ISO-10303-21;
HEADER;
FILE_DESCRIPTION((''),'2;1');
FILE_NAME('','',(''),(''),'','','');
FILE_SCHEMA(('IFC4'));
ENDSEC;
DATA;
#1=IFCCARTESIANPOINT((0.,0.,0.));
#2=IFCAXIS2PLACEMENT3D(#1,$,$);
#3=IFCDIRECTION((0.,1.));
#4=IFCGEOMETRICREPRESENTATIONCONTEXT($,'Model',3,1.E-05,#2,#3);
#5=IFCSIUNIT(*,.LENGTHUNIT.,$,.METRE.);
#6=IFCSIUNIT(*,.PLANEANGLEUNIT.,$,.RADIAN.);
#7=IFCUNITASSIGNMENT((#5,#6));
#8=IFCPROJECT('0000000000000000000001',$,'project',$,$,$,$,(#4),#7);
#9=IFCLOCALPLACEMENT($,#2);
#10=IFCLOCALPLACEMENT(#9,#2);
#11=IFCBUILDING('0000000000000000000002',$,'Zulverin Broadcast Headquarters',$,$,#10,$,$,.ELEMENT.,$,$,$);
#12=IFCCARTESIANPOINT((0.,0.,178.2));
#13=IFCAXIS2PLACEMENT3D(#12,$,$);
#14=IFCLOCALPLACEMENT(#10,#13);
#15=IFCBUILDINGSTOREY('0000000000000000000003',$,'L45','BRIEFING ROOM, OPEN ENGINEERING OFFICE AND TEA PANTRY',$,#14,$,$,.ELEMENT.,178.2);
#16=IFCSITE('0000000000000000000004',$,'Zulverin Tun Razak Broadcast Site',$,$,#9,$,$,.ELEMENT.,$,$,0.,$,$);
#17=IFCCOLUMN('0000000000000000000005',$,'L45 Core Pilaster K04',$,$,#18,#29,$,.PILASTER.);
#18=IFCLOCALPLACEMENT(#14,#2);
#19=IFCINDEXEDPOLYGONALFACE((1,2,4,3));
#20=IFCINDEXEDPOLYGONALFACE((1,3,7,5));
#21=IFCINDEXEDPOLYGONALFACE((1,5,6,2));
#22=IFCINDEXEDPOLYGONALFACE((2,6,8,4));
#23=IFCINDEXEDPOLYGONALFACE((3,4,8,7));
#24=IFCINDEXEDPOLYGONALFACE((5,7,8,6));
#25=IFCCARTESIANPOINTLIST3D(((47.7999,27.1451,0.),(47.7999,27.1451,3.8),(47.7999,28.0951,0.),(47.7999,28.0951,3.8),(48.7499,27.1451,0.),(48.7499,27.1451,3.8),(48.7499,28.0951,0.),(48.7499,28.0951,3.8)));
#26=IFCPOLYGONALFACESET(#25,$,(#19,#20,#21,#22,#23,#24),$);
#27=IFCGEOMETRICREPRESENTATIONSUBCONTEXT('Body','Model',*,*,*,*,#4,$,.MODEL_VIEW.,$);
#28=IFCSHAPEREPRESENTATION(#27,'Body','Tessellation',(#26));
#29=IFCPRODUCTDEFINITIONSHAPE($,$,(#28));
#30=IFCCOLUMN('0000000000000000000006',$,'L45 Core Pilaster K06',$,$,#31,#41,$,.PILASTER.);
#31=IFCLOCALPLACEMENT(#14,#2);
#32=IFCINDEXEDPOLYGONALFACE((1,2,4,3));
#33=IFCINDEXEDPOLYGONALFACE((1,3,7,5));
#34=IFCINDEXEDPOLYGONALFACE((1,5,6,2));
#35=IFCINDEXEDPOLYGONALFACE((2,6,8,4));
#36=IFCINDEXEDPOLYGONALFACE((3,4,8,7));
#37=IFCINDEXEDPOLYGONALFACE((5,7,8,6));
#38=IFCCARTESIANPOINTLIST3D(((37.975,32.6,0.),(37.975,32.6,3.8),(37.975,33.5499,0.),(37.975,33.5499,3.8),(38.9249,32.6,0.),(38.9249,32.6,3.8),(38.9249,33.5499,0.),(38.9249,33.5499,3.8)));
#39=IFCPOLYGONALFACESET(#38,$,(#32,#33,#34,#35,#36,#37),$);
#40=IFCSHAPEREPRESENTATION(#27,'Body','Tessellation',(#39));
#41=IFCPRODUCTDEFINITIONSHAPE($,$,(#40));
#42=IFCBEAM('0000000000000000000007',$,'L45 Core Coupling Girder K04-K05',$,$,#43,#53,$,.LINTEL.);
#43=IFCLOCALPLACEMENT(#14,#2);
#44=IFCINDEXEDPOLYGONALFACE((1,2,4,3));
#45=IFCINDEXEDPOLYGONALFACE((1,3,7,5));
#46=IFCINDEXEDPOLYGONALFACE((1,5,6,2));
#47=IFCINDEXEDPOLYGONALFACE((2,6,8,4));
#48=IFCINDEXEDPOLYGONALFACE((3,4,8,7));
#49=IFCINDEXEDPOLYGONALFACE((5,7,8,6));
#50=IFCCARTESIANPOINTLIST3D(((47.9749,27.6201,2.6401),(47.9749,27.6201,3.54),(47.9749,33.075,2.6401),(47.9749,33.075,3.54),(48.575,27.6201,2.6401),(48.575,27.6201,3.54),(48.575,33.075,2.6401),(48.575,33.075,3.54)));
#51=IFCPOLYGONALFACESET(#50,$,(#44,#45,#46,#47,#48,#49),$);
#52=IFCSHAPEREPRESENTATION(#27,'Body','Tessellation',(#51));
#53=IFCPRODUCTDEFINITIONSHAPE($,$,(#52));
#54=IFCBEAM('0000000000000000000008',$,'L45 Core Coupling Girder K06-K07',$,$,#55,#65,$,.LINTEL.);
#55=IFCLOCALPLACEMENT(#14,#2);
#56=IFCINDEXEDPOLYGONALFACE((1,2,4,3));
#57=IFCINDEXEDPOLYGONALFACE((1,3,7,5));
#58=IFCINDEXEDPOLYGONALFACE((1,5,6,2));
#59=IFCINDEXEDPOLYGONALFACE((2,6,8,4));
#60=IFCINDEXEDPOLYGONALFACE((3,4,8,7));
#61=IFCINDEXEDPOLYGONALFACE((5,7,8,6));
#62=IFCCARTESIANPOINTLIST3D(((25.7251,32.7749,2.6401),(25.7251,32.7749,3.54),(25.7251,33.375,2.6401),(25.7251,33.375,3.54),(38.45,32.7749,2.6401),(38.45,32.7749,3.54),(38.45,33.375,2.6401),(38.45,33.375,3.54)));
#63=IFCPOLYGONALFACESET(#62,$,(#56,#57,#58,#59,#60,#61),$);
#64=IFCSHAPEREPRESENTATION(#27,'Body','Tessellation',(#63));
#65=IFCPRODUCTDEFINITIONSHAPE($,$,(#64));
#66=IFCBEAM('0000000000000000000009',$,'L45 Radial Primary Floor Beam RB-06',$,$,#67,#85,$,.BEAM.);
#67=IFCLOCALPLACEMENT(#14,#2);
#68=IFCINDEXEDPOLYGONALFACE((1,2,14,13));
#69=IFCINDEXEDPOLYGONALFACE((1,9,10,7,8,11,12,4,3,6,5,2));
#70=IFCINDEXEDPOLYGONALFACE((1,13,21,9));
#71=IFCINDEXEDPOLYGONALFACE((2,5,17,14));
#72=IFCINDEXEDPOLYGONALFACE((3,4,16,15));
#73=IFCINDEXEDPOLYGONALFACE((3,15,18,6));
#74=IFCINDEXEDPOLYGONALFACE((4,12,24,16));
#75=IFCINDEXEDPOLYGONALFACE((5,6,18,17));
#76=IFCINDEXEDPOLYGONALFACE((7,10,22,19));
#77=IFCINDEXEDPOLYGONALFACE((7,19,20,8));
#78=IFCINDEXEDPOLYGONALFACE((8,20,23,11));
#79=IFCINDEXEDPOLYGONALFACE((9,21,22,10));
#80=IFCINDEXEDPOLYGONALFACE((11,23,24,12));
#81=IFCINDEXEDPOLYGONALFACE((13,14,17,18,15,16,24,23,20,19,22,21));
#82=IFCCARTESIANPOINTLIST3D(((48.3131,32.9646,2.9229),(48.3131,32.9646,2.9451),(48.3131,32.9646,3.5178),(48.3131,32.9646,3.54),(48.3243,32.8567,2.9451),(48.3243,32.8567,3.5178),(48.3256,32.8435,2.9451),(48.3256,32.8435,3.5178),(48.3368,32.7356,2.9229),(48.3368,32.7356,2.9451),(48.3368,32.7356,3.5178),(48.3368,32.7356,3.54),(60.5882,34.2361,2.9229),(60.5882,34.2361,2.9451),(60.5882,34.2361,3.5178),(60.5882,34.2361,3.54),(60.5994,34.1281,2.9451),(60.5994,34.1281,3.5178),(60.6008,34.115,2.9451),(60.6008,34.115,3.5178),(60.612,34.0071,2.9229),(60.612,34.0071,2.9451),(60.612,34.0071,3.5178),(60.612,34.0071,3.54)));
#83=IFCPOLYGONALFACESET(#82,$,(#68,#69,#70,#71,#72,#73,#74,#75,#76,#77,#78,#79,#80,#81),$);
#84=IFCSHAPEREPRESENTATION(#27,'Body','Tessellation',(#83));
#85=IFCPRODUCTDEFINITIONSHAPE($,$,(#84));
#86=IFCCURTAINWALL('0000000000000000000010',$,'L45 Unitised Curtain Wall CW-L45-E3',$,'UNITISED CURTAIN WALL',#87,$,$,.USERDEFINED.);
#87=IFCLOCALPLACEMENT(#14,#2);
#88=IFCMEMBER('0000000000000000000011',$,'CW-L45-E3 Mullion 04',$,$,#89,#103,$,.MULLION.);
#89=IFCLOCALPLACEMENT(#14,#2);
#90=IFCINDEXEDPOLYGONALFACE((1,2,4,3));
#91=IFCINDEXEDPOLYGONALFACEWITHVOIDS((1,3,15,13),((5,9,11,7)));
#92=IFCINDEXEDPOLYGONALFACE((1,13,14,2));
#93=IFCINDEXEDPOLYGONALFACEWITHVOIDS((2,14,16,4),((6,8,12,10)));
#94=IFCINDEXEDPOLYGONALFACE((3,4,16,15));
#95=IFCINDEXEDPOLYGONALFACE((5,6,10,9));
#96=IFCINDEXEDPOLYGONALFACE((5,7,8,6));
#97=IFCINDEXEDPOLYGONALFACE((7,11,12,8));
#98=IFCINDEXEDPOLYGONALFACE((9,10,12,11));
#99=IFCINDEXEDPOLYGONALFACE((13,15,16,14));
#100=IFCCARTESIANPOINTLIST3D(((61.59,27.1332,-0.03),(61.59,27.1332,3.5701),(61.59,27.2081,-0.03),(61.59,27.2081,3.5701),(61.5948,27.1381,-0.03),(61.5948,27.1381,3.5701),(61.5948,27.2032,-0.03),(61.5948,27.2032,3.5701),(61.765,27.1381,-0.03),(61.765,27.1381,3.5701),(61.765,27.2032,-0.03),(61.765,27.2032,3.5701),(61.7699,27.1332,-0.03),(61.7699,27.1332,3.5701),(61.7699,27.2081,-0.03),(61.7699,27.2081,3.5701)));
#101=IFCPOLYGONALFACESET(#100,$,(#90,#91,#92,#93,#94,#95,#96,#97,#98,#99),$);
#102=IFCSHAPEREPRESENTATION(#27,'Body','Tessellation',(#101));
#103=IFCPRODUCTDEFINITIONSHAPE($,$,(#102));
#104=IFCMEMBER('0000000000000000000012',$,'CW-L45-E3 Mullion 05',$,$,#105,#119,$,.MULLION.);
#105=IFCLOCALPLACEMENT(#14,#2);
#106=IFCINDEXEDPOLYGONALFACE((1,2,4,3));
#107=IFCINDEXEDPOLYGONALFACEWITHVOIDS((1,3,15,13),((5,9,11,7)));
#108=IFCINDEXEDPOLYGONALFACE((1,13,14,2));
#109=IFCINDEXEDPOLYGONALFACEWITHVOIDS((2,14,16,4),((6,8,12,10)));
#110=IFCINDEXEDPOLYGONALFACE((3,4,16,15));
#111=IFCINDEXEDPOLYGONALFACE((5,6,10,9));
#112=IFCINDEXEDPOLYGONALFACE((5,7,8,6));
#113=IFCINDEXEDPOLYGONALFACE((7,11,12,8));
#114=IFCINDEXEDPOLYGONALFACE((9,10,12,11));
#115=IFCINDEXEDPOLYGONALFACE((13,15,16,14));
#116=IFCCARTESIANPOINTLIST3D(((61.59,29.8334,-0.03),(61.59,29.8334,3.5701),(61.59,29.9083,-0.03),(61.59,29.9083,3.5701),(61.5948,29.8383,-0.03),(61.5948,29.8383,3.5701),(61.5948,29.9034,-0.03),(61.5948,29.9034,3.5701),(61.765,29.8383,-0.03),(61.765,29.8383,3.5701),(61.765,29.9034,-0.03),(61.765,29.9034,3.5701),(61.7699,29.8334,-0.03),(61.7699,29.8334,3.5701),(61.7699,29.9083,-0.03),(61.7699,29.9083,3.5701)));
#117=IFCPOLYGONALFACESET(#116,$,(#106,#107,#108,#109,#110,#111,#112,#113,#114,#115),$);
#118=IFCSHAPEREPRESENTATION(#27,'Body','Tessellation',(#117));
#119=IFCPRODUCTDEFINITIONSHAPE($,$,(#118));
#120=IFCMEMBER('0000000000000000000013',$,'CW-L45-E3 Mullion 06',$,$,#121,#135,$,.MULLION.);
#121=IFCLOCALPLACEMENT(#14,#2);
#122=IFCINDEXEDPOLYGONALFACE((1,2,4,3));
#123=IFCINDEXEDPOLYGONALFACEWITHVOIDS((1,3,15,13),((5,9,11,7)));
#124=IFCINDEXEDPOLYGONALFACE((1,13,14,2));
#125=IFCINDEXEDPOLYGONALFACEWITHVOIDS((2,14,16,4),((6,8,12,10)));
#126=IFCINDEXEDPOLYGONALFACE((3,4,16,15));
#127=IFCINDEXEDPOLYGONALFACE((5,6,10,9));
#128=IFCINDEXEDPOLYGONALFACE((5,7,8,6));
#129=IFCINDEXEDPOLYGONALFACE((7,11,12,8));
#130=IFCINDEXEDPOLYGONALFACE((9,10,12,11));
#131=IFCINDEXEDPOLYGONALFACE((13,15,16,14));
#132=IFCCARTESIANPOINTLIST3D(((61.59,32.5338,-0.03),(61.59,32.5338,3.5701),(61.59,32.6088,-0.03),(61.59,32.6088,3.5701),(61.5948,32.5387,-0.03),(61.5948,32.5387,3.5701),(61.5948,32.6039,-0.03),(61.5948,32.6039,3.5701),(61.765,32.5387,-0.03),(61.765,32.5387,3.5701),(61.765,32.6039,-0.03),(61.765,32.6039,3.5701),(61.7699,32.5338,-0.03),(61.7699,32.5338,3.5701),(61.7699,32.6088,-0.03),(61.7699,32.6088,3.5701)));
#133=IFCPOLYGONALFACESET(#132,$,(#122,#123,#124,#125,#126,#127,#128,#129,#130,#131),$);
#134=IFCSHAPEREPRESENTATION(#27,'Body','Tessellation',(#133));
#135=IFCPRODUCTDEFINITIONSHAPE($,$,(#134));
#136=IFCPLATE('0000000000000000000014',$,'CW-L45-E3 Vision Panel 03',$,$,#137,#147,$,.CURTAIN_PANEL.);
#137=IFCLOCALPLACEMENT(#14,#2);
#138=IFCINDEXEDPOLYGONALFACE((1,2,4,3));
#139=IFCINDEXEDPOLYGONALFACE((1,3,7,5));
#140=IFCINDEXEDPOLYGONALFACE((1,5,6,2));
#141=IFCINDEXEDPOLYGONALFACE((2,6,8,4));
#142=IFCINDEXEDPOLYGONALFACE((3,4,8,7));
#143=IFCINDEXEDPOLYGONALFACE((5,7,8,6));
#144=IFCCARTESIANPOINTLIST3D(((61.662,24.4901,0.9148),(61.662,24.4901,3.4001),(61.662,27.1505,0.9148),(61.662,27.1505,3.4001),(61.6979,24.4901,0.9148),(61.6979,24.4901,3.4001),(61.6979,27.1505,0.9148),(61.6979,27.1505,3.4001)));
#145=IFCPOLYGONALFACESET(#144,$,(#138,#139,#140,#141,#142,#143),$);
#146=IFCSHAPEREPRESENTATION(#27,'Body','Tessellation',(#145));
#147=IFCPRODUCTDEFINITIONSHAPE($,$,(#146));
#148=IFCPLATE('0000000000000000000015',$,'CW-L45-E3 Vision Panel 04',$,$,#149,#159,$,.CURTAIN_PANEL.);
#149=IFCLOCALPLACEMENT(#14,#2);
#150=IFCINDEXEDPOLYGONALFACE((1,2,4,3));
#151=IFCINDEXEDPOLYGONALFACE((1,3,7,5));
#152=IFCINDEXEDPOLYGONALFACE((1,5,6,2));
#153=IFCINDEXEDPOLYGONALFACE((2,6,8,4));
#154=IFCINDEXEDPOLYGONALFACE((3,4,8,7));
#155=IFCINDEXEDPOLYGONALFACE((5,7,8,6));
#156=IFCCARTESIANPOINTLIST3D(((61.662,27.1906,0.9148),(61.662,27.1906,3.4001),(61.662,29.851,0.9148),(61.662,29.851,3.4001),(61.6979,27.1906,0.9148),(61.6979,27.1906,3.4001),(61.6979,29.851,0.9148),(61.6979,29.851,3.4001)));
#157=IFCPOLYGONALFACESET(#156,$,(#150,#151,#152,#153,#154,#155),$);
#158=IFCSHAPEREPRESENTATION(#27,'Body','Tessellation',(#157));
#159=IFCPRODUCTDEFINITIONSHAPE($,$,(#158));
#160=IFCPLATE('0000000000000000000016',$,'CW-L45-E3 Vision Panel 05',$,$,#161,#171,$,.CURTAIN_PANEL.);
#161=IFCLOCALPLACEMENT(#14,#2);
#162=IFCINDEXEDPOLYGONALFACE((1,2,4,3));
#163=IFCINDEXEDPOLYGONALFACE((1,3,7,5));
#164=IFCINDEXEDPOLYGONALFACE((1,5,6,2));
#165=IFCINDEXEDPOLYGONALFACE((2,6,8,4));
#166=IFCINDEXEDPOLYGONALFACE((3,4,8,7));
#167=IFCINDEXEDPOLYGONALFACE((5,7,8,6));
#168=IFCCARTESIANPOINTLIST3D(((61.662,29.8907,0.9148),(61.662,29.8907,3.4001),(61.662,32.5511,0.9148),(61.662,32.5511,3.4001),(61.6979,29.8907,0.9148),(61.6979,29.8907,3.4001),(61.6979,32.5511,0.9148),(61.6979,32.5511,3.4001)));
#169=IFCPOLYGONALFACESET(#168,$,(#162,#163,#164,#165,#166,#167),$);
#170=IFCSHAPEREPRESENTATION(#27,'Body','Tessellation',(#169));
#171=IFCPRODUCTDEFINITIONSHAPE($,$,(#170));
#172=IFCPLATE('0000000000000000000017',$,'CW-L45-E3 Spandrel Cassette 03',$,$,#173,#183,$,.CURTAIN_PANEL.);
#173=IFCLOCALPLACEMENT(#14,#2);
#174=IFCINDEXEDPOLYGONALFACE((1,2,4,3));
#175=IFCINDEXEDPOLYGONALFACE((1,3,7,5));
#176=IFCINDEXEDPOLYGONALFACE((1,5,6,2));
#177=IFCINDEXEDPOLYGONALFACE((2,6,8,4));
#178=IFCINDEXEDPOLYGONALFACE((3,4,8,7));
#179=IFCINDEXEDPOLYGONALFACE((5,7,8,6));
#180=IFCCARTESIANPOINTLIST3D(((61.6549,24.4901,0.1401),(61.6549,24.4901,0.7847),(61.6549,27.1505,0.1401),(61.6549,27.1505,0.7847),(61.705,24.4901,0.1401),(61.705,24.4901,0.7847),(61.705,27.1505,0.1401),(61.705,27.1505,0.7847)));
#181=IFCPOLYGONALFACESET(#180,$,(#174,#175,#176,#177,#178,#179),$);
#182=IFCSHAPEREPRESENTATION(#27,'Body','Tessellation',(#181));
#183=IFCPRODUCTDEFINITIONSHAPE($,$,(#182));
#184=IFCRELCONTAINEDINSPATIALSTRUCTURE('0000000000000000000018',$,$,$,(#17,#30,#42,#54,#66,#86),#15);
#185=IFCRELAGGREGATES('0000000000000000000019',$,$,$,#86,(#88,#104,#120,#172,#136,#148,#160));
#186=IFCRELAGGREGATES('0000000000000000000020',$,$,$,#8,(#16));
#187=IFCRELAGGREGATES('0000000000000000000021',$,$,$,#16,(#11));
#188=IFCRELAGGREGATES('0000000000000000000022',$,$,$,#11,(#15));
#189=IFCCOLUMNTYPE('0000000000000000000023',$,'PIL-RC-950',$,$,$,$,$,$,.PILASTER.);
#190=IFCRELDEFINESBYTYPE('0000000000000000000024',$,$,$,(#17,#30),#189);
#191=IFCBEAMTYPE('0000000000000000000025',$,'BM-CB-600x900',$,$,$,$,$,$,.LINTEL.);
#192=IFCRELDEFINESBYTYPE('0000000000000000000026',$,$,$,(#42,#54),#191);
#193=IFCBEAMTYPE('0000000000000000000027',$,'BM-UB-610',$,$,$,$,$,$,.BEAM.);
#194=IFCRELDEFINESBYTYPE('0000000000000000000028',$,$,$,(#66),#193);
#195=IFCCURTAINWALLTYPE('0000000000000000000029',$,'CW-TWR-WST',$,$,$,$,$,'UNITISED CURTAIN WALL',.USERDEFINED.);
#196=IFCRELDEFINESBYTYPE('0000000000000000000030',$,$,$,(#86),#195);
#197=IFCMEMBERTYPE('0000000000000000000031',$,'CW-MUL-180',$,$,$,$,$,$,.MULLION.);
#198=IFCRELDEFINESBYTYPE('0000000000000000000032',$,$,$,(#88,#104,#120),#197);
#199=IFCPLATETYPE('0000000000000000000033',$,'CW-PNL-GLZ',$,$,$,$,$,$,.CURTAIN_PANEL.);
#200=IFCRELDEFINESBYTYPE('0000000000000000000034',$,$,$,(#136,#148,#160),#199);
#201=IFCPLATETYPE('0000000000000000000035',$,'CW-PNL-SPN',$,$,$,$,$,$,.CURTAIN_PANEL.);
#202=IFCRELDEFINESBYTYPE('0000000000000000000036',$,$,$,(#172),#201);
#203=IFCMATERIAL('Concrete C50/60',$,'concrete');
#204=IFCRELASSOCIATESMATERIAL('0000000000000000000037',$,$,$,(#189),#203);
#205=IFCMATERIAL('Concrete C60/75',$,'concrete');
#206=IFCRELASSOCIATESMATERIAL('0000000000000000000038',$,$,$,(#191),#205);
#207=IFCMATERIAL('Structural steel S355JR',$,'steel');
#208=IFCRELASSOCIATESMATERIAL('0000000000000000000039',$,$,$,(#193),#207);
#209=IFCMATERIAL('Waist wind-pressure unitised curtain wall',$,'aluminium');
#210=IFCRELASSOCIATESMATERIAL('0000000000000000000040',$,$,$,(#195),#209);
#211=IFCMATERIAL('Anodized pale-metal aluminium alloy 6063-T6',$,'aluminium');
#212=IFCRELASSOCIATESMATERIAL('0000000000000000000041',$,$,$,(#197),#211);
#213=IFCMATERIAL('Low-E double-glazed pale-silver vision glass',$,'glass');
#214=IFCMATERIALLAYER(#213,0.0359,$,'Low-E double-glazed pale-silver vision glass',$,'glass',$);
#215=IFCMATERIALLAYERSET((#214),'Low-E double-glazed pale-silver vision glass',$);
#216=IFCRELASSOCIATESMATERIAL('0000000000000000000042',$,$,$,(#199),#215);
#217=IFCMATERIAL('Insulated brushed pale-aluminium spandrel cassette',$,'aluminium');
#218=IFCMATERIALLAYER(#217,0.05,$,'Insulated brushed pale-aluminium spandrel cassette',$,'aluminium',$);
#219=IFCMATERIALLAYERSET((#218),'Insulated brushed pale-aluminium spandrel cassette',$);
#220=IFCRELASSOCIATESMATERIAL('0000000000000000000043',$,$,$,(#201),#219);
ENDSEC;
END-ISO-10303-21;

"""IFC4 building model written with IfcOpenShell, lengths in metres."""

from ifc_helpers import new_model, si_unit, direction, frame, origin, origin_2d, place, context, subcontext, project, spatial, rectangle, hollow_rectangle, i_section, extrude, material, layer, layer_set, material_profile, profile_set, type_object, element, aggregate, save


model = new_model("IFC4")

# Units and contexts
model_context = context("Model", 3, precision=1e-05, world=origin(), true_north=direction((0.0, 1.0)))
body_context = subcontext(model_context, "Body", "Model", "MODEL_VIEW")
ifc_project = project(units=[si_unit("LENGTHUNIT", "METRE"), si_unit("PLANEANGLEUNIT", "RADIAN")], contexts=[model_context])

# Site, building, storey
site_placement = place(None, origin())
site = spatial("IfcSite", under=ifc_project, at=site_placement, Name="Zulverin Tun Razak Broadcast Site", CompositionType="ELEMENT", RefElevation=0.0)
building_placement = place(site_placement, origin())
building = spatial("IfcBuilding", under=site, at=building_placement, Name="Zulverin Broadcast Headquarters", CompositionType="ELEMENT")
storey_placement = place(building_placement, frame((0.0, 0.0, 178.2)))
storey = spatial("IfcBuildingStorey", under=building, at=storey_placement, Name="L45", Description="BRIEFING ROOM, OPEN ENGINEERING OFFICE AND TEA PANTRY", CompositionType="ELEMENT", Elevation=178.2)

# Columns
ifc_material_1 = material(Name="Concrete C50/60", Category="concrete")
ifc_material_profile_1 = material_profile(ifc_material_1, rectangle(XDim=0.95, YDim=0.95, at=origin_2d()), Name="Concrete C50/60", Category="concrete")
ifc_profile_set_1 = profile_set([ifc_material_profile_1], Name="Concrete C50/60")
column_type = type_object("IfcColumnType", Name="PIL-RC-950", PredefinedType="PILASTER", material=ifc_profile_set_1)
for number, where, z_axis, x_axis, name in (
    (1, (48.2749, 27.6201, 0.0), (0.0, 0.0, 1.0), (1.0, 0.0, 0.0), "L45 Core Pilaster K04"),
    (2, (38.45, 33.075, 0.0), (0.0, 0.0, 1.0), (1.0, 0.0, 0.0), "L45 Core Pilaster K06"),
):
    element("IfcColumn", number, at=place(storey_placement, frame(where, z_axis=z_axis, x_axis=x_axis)), inside=storey, type_object=column_type, Name=name, PredefinedType="PILASTER", context=body_context, shape_type="SweptSolid", body=[
        extrude(rectangle(XDim=0.95, YDim=0.95, at=origin_2d()), origin(), (0.0, 0.0, 1.0), 3.8),
    ])

# Beams
ifc_material_2 = material(Name="Concrete C60/75", Category="concrete")
ifc_material_profile_2 = material_profile(ifc_material_2, rectangle(XDim=0.6001, YDim=0.8999, at=origin_2d()), Name="Concrete C60/75", Category="concrete")
ifc_profile_set_2 = profile_set([ifc_material_profile_2], Name="Concrete C60/75")
beam_type_1 = type_object("IfcBeamType", Name="BM-CB-600x900", PredefinedType="LINTEL", material=ifc_profile_set_2)
beam_1_placement = place(storey_placement, frame((48.2749, 27.6201, 3.0901), z_axis=(0.0, 1.0, 0.0), x_axis=(-1.0, 0.0, 0.0)))
element("IfcBeam", 3, at=beam_1_placement, inside=storey, type_object=beam_type_1, Name="L45 Core Coupling Girder K04-K05", PredefinedType="LINTEL", context=body_context, shape_type="SweptSolid", body=[
    extrude(rectangle(XDim=0.6001, YDim=0.8999, at=origin_2d()), origin(), (0.0, 0.0, 1.0), 5.4548),
])
beam_2_placement = place(storey_placement, frame((38.45, 33.075, 3.0901), z_axis=(-1.0, 0.0, 0.0), x_axis=(0.0, -1.0, 0.0)))
element("IfcBeam", 4, at=beam_2_placement, inside=storey, type_object=beam_type_1, Name="L45 Core Coupling Girder K06-K07", PredefinedType="LINTEL", context=body_context, shape_type="SweptSolid", body=[
    extrude(rectangle(XDim=0.6001, YDim=0.8999, at=origin_2d()), origin(), (0.0, 0.0, 1.0), 12.7249),
])
ifc_material_3 = material(Name="Structural steel S355JR", Category="steel")
ifc_material_profile_3 = material_profile(ifc_material_3, i_section(OverallWidth=0.2302, OverallDepth=0.6172, WebThickness=0.0132, FlangeThickness=0.0222, at=origin_2d()), Name="Structural steel S355JR", Category="steel")
ifc_profile_set_3 = profile_set([ifc_material_profile_3], Name="Structural steel S355JR")
beam_type_2 = type_object("IfcBeamType", Name="BM-UB-610", PredefinedType="BEAM", material=ifc_profile_set_3)
beam_3_placement = place(storey_placement, frame((48.325, 32.8501, 3.2314), z_axis=(0.994678, 0.103031, 0.0), x_axis=(-0.103031, 0.994678, 0.0)))
element("IfcBeam", 5, at=beam_3_placement, inside=storey, type_object=beam_type_2, Name="L45 Radial Primary Floor Beam RB-06", PredefinedType="BEAM", context=body_context, shape_type="SweptSolid", body=[
    extrude(i_section(OverallWidth=0.2302, OverallDepth=0.6172, WebThickness=0.0132, FlangeThickness=0.0222, at=origin_2d()), origin(), (0.0, 0.0, 1.0), 12.3408),
])

# Curtain wall, members, plates
ifc_material_4 = material(Name="Waist wind-pressure unitised curtain wall", Category="aluminium")
curtain_wall_type = type_object("IfcCurtainWallType", Name="CW-TWR-WST", ElementType="UNITISED CURTAIN WALL", PredefinedType="USERDEFINED", material=ifc_material_4)
curtain_wall_placement = place(storey_placement, origin())
curtain_wall = element("IfcCurtainWall", 6, at=curtain_wall_placement, inside=storey, type_object=curtain_wall_type, Name="L45 Unitised Curtain Wall CW-L45-E3", ObjectType="UNITISED CURTAIN WALL", PredefinedType="USERDEFINED")
ifc_material_5 = material(Name="Anodized pale-metal aluminium alloy 6063-T6", Category="aluminium")
ifc_material_profile_4 = material_profile(ifc_material_5, hollow_rectangle(XDim=0.075, YDim=0.1799, WallThickness=0.0049, at=origin_2d()), Name="Anodized pale-metal aluminium alloy 6063-T6", Category="aluminium")
ifc_profile_set_4 = profile_set([ifc_material_profile_4], Name="Anodized pale-metal aluminium alloy 6063-T6")
member_type = type_object("IfcMemberType", Name="CW-MUL-180", PredefinedType="MULLION", material=ifc_profile_set_4)
member_1_placement = place(storey_placement, frame((61.6799, 27.1707, -0.03), z_axis=(0.0, 0.0, 1.0), x_axis=(0.0, 1.0, 0.0)))
member_1 = element("IfcMember", 7, at=member_1_placement, type_object=member_type, Name="CW-L45-E3 Mullion 04", PredefinedType="MULLION", context=body_context, shape_type="SweptSolid", body=[
    extrude(hollow_rectangle(XDim=0.075, YDim=0.1799, WallThickness=0.0049, at=origin_2d()), origin(), (0.0, 0.0, 1.0), 3.6001),
])
member_2_placement = place(storey_placement, frame((61.6799, 29.8708, -0.03), z_axis=(0.0, 0.0, 1.0), x_axis=(0.0, 1.0, 0.0)))
member_2 = element("IfcMember", 8, at=member_2_placement, type_object=member_type, Name="CW-L45-E3 Mullion 05", PredefinedType="MULLION", context=body_context, shape_type="SweptSolid", body=[
    extrude(hollow_rectangle(XDim=0.075, YDim=0.1799, WallThickness=0.0049, at=origin_2d()), origin(), (0.0, 0.0, 1.0), 3.6001),
])
member_3_placement = place(storey_placement, frame((61.6799, 32.5713, -0.03), z_axis=(0.0, 0.0, 1.0), x_axis=(0.0, 1.0, 0.0)))
member_3 = element("IfcMember", 9, at=member_3_placement, type_object=member_type, Name="CW-L45-E3 Mullion 06", PredefinedType="MULLION", context=body_context, shape_type="SweptSolid", body=[
    extrude(hollow_rectangle(XDim=0.075, YDim=0.1799, WallThickness=0.0049, at=origin_2d()), origin(), (0.0, 0.0, 1.0), 3.6001),
])
ifc_material_6 = material(Name="Low-E double-glazed pale-silver vision glass", Category="glass")
ifc_layer_1 = layer(ifc_material_6, 0.0359, Name="Low-E double-glazed pale-silver vision glass", Category="glass")
ifc_layer_set_1 = layer_set([ifc_layer_1], Name="Low-E double-glazed pale-silver vision glass")
plate_type_1 = type_object("IfcPlateType", Name="CW-PNL-GLZ", PredefinedType="CURTAIN_PANEL", material=ifc_layer_set_1)
plate_1_placement = place(storey_placement, frame((61.6799, 25.8203, 0.9148), z_axis=(0.0, 0.0, 1.0), x_axis=(0.0, 1.0, 0.0)))
plate_1 = element("IfcPlate", 10, at=plate_1_placement, type_object=plate_type_1, Name="CW-L45-E3 Vision Panel 03", PredefinedType="CURTAIN_PANEL", context=body_context, shape_type="SweptSolid", body=[
    extrude(rectangle(XDim=2.6604, YDim=0.0359, at=origin_2d()), origin(), (0.0, 0.0, 1.0), 2.4854),
])
plate_2_placement = place(storey_placement, frame((61.6799, 28.5208, 0.9148), z_axis=(0.0, 0.0, 1.0), x_axis=(0.0, 1.0, 0.0)))
plate_2 = element("IfcPlate", 11, at=plate_2_placement, type_object=plate_type_1, Name="CW-L45-E3 Vision Panel 04", PredefinedType="CURTAIN_PANEL", context=body_context, shape_type="SweptSolid", body=[
    extrude(rectangle(XDim=2.6604, YDim=0.0359, at=origin_2d()), origin(), (0.0, 0.0, 1.0), 2.4854),
])
plate_3_placement = place(storey_placement, frame((61.6799, 31.2209, 0.9148), z_axis=(0.0, 0.0, 1.0), x_axis=(0.0, 1.0, 0.0)))
plate_3 = element("IfcPlate", 12, at=plate_3_placement, type_object=plate_type_1, Name="CW-L45-E3 Vision Panel 05", PredefinedType="CURTAIN_PANEL", context=body_context, shape_type="SweptSolid", body=[
    extrude(rectangle(XDim=2.6604, YDim=0.0359, at=origin_2d()), origin(), (0.0, 0.0, 1.0), 2.4854),
])
ifc_material_7 = material(Name="Insulated brushed pale-aluminium spandrel cassette", Category="aluminium")
ifc_layer_2 = layer(ifc_material_7, 0.05, Name="Insulated brushed pale-aluminium spandrel cassette", Category="aluminium")
ifc_layer_set_2 = layer_set([ifc_layer_2], Name="Insulated brushed pale-aluminium spandrel cassette")
plate_type_2 = type_object("IfcPlateType", Name="CW-PNL-SPN", PredefinedType="CURTAIN_PANEL", material=ifc_layer_set_2)
plate_4_placement = place(storey_placement, frame((61.6799, 25.8203, 0.1401), z_axis=(0.0, 0.0, 1.0), x_axis=(0.0, 1.0, 0.0)))
plate_4 = element("IfcPlate", 13, at=plate_4_placement, type_object=plate_type_2, Name="CW-L45-E3 Spandrel Cassette 03", PredefinedType="CURTAIN_PANEL", context=body_context, shape_type="SweptSolid", body=[
    extrude(rectangle(XDim=2.6604, YDim=0.05, at=origin_2d()), origin(), (0.0, 0.0, 1.0), 0.6445),
])
aggregate(curtain_wall, [member_1, member_2, member_3, plate_4, plate_1, plate_2, plate_3])

save(model, "model.ifc")
